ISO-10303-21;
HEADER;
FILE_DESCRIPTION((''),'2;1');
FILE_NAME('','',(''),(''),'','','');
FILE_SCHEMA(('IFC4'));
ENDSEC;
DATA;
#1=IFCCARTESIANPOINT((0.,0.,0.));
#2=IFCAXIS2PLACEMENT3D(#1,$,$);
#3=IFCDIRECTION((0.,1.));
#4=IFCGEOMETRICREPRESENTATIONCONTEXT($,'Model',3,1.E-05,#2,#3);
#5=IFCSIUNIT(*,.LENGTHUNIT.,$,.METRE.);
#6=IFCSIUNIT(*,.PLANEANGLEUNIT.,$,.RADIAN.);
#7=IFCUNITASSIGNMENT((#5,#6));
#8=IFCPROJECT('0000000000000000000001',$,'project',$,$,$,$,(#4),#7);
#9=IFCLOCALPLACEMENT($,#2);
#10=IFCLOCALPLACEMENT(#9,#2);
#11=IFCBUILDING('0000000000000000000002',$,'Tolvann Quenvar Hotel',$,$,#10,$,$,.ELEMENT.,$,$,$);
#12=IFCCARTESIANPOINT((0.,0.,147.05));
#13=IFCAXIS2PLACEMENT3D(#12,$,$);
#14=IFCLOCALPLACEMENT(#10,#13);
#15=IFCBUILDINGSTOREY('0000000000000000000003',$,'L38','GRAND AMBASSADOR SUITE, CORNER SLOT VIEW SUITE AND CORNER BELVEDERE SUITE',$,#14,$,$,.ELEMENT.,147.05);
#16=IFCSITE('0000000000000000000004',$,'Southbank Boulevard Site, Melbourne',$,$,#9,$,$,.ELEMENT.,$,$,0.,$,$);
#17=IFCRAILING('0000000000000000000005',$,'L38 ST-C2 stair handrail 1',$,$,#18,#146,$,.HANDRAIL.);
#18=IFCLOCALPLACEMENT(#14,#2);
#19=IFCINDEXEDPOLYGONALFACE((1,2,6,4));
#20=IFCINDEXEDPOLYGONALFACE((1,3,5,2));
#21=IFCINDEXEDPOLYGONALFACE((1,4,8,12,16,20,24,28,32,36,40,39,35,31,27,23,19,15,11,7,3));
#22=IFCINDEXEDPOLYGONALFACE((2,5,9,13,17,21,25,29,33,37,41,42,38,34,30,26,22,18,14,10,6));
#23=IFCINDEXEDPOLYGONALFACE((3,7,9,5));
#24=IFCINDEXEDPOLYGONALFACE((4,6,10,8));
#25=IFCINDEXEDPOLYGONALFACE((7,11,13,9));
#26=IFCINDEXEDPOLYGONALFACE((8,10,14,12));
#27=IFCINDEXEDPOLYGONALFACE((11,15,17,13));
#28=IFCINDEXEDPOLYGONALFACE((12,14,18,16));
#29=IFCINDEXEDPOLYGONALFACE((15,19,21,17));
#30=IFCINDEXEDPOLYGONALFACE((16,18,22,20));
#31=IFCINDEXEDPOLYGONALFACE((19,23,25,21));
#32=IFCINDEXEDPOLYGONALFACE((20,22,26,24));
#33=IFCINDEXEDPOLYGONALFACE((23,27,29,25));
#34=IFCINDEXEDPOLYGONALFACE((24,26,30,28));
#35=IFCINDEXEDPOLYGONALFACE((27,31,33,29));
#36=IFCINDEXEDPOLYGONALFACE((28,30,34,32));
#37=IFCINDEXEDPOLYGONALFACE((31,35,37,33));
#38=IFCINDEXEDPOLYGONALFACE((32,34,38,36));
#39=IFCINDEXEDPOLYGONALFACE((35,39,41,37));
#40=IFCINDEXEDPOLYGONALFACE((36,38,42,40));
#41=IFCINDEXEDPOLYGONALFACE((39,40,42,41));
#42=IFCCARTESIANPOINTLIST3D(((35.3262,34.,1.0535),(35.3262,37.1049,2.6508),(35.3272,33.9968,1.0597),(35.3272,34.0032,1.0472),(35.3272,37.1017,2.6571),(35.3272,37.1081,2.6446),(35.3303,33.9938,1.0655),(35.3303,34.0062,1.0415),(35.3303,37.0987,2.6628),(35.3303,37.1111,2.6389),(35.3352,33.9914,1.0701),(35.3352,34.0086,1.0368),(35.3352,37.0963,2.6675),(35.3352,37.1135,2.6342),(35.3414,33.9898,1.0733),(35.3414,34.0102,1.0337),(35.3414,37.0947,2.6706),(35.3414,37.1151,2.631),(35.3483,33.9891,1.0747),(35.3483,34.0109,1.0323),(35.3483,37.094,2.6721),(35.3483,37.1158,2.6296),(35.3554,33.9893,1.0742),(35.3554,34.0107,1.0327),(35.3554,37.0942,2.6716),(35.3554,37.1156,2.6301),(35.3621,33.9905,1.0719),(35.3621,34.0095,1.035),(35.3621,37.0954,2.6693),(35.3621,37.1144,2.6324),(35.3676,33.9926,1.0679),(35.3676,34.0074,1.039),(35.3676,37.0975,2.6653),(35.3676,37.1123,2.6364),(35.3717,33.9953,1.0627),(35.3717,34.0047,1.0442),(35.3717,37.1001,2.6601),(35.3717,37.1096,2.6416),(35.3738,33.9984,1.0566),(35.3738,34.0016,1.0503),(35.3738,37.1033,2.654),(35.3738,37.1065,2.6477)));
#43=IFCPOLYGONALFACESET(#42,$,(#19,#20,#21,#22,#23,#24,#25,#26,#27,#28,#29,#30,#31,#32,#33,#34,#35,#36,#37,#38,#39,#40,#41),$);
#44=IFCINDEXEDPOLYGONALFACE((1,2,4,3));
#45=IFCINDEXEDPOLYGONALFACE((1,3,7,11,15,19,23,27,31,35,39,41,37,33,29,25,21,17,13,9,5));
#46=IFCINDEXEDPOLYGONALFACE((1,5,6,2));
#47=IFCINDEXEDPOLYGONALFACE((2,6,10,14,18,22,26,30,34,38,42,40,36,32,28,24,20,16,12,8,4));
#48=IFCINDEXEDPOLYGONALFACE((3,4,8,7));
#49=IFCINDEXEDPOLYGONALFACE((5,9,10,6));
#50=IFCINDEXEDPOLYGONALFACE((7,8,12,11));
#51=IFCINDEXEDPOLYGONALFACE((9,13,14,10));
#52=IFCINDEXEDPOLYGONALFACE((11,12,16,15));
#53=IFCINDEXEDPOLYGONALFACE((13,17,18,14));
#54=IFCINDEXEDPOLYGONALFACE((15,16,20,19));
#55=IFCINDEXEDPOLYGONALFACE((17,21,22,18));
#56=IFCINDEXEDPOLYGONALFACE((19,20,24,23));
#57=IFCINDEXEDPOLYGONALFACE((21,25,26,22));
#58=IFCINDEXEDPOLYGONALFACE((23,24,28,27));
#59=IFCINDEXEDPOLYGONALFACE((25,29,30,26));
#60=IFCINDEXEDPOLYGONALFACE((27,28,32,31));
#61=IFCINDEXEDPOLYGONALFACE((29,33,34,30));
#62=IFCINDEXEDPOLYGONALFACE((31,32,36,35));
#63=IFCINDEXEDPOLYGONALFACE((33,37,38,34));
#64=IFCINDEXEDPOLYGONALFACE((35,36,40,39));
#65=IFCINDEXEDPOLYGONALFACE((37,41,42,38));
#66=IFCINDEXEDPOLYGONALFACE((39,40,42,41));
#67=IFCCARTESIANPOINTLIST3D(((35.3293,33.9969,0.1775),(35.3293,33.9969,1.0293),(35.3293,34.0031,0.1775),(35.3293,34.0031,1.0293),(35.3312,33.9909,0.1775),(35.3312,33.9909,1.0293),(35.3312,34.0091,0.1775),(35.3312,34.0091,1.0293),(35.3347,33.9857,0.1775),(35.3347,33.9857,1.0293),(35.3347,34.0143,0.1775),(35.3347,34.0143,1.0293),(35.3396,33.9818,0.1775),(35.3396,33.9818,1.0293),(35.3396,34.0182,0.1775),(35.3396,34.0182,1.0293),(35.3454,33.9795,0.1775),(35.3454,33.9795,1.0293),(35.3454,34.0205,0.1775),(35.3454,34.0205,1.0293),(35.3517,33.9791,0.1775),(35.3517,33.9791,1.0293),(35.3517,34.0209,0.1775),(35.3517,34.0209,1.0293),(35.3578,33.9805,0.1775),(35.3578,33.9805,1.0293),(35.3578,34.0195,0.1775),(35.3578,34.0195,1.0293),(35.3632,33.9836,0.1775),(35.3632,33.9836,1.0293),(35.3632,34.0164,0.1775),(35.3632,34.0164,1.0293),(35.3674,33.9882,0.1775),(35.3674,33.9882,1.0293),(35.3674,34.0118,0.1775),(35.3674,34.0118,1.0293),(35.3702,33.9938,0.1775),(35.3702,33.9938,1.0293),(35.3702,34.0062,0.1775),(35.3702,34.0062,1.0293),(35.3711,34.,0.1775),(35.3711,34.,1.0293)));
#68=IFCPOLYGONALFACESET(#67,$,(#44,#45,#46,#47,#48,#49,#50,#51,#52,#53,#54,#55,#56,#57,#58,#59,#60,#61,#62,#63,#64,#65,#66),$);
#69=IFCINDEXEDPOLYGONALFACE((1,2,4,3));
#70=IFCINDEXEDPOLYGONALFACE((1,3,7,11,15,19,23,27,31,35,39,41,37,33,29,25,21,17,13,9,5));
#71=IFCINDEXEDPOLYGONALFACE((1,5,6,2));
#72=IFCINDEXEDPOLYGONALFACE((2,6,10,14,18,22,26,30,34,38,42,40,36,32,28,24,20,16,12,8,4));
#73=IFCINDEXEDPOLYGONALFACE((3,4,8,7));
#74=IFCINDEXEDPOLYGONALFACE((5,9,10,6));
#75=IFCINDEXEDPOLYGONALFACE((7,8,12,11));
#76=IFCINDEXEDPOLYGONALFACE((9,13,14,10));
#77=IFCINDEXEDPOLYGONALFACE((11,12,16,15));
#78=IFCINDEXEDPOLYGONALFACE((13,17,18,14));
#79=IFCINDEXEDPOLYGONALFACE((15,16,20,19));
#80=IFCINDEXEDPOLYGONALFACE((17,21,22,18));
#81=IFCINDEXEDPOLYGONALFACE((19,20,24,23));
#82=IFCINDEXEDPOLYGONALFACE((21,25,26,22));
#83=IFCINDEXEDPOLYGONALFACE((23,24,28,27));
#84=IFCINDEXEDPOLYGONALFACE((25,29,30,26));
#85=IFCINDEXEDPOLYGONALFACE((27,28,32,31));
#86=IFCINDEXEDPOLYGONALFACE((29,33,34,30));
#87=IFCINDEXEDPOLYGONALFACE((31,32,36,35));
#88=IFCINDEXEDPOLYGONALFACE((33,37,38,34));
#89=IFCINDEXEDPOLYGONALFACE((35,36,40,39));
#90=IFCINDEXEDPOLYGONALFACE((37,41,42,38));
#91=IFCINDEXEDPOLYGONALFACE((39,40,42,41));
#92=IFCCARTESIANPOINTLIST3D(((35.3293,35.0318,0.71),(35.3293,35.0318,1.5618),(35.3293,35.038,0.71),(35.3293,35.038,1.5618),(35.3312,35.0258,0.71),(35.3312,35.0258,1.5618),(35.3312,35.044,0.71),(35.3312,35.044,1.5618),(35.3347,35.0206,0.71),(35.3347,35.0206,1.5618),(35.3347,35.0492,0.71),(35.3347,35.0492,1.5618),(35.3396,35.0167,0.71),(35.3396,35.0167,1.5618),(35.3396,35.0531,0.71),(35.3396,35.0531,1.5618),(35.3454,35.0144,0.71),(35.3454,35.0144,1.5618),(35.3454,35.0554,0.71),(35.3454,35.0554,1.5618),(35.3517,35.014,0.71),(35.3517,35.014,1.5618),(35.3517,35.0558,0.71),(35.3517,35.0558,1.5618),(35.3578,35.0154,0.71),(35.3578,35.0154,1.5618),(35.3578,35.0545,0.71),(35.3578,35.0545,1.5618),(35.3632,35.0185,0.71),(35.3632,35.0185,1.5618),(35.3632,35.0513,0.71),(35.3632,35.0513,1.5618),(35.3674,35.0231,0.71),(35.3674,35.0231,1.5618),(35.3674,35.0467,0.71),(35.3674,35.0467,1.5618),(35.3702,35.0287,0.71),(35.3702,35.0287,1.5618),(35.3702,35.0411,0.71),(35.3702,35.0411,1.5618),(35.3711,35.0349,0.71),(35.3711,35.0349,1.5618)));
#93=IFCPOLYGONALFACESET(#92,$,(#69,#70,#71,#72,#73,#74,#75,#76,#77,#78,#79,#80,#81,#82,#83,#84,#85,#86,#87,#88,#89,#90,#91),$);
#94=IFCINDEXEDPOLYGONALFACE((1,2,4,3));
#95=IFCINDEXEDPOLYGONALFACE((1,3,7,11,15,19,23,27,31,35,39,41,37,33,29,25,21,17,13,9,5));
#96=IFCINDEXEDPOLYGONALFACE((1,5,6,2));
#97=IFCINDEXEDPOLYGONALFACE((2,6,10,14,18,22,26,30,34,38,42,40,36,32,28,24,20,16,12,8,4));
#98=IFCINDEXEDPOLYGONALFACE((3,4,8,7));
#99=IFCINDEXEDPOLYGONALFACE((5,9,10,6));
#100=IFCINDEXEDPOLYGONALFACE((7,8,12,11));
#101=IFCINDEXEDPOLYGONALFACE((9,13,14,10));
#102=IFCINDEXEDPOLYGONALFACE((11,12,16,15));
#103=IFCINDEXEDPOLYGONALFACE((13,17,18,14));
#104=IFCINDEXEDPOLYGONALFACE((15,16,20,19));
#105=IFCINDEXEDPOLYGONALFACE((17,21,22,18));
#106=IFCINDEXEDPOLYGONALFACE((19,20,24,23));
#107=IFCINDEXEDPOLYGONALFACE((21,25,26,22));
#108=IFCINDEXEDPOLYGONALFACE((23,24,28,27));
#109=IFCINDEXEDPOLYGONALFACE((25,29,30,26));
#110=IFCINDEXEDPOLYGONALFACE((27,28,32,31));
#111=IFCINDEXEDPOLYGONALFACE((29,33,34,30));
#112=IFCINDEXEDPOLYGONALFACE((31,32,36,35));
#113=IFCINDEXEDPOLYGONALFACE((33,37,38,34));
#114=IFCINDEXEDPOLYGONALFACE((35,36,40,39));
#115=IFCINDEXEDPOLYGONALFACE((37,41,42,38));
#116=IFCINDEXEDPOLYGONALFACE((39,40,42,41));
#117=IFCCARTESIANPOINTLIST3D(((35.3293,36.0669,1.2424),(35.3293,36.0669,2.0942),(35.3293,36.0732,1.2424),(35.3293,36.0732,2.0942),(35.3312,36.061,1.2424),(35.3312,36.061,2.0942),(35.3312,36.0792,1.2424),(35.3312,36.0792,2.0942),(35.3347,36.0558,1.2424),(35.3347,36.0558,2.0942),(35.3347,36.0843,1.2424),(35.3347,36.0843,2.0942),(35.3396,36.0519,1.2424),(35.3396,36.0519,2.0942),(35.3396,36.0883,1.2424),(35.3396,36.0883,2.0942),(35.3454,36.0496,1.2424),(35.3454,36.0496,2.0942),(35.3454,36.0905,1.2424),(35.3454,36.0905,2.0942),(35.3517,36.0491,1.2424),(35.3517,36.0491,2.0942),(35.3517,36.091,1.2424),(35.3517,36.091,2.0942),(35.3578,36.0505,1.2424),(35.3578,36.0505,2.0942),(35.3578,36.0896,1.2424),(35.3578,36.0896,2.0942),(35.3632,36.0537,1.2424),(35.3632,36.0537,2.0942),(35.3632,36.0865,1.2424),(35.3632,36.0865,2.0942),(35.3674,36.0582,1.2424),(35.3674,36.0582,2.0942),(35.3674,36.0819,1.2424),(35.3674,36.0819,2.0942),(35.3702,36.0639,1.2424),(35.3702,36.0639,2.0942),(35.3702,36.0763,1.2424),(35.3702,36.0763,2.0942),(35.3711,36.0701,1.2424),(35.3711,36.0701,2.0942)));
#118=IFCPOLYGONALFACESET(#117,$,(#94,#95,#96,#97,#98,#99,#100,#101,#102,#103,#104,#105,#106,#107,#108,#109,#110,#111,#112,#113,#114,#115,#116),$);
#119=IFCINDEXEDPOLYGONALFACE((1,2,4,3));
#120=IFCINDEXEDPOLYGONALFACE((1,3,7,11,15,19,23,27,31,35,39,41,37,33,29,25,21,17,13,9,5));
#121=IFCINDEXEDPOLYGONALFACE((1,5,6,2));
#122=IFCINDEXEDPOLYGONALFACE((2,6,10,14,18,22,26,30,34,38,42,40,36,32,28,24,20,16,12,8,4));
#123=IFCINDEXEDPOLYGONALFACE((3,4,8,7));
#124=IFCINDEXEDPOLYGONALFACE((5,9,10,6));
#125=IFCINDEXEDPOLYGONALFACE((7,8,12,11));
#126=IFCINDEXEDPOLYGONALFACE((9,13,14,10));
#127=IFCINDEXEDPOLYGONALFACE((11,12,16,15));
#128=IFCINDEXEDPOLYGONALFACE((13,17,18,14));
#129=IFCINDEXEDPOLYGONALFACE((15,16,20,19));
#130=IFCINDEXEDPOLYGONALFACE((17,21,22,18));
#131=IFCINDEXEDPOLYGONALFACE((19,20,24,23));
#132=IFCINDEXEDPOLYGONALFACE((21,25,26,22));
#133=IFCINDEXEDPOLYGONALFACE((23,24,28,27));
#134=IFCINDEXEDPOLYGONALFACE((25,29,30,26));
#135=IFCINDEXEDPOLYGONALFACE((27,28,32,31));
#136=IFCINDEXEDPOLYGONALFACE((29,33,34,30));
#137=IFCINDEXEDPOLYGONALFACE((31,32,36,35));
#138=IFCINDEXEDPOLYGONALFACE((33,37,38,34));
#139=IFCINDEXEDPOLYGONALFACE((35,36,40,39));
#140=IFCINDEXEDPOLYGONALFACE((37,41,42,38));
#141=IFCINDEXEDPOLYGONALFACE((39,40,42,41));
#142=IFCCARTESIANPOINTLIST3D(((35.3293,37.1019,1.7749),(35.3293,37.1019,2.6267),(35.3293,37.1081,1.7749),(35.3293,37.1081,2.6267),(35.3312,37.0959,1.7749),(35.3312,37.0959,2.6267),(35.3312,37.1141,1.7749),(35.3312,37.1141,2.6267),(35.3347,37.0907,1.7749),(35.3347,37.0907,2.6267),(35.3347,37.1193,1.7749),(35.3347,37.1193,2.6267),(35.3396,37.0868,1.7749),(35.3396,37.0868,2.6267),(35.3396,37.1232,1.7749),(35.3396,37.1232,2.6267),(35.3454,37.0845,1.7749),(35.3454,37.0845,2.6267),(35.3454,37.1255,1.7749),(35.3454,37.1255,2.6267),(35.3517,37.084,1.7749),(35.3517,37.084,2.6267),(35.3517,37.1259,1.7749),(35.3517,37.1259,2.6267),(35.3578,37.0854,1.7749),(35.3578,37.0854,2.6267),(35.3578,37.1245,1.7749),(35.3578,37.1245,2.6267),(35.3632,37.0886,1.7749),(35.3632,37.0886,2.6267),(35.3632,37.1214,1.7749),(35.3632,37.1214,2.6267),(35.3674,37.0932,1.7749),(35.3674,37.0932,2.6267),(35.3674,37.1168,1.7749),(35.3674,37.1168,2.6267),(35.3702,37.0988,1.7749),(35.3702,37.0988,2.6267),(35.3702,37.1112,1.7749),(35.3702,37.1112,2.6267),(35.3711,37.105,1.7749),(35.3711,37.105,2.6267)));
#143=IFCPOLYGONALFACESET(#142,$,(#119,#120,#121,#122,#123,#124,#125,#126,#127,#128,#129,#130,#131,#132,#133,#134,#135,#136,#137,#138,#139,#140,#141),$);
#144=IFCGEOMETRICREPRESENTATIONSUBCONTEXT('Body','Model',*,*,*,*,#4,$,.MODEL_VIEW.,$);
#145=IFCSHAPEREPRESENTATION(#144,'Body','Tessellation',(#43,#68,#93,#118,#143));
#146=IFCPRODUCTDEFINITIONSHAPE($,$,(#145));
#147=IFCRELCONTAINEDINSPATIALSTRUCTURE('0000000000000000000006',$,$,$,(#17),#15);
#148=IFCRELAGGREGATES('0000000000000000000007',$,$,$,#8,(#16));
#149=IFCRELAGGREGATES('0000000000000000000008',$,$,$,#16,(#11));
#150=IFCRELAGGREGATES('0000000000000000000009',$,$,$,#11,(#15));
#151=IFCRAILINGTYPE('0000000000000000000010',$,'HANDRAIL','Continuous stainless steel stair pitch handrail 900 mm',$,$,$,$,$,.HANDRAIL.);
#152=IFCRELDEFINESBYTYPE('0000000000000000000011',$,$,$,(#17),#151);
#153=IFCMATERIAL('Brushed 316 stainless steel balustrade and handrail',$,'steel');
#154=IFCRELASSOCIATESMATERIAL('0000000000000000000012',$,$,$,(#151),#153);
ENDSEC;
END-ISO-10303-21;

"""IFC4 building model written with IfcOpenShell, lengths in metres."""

from ifc_helpers import new_model, si_unit, direction, frame, origin, origin_2d, place, context, subcontext, project, spatial, circle, extrude, material, type_object, element, save


model = new_model("IFC4")

# Units and contexts
model_context = context("Model", 3, precision=1e-05, world=origin(), true_north=direction((0.0, 1.0)))
body_context = subcontext(model_context, "Body", "Model", "MODEL_VIEW")
ifc_project = project(units=[si_unit("LENGTHUNIT", "METRE"), si_unit("PLANEANGLEUNIT", "RADIAN")], contexts=[model_context])

# Site, building, storey
site_placement = place(None, origin())
site = spatial("IfcSite", under=ifc_project, at=site_placement, Name="Southbank Boulevard Site, Melbourne", CompositionType="ELEMENT", RefElevation=0.0)
building_placement = place(site_placement, origin())
building = spatial("IfcBuilding", under=site, at=building_placement, Name="Tolvann Quenvar Hotel", CompositionType="ELEMENT")
storey_placement = place(building_placement, frame((0.0, 0.0, 147.05)))
storey = spatial("IfcBuildingStorey", under=building, at=storey_placement, Name="L38", Description="GRAND AMBASSADOR SUITE, CORNER SLOT VIEW SUITE AND CORNER BELVEDERE SUITE", CompositionType="ELEMENT", Elevation=147.05)

# Railing
ifc_material_1 = material(Name="Brushed 316 stainless steel balustrade and handrail", Category="steel")
railing_type_1 = type_object("IfcRailingType", Name="HANDRAIL", Description="Continuous stainless steel stair pitch handrail 900 mm", PredefinedType="HANDRAIL", material=ifc_material_1)
railing_1_placement = place(storey_placement, frame((35.3501, 34.0, 0.1775)))
element("IfcRailing", 1, at=railing_1_placement, inside=storey, type_object=railing_type_1, Name="L38 ST-C2 stair handrail 1", PredefinedType="HANDRAIL", context=body_context, shape_type="SweptSolid", body=[
    extrude(circle(Radius=0.0239, at=origin_2d()), frame((0.0, 0.0, 0.876), z_axis=(0.0, 0.889222, 0.457476), x_axis=(-1.0, 0.0, 0.0)), (0.0, 0.0, 1.0), 3.4917),
    extrude(circle(Radius=0.021, at=origin_2d()), origin(), (0.0, 0.0, 1.0), 0.8518),
    extrude(circle(Radius=0.021, at=origin_2d()), frame((0.0, 1.0349, 0.5325)), (0.0, 0.0, 1.0), 0.8518),
    extrude(circle(Radius=0.021, at=origin_2d()), frame((0.0, 2.0701, 1.0649)), (0.0, 0.0, 1.0), 0.8518),
    extrude(circle(Radius=0.021, at=origin_2d()), frame((0.0, 3.105, 1.5974)), (0.0, 0.0, 1.0), 0.8518),
])

save(model, "model.ifc")
